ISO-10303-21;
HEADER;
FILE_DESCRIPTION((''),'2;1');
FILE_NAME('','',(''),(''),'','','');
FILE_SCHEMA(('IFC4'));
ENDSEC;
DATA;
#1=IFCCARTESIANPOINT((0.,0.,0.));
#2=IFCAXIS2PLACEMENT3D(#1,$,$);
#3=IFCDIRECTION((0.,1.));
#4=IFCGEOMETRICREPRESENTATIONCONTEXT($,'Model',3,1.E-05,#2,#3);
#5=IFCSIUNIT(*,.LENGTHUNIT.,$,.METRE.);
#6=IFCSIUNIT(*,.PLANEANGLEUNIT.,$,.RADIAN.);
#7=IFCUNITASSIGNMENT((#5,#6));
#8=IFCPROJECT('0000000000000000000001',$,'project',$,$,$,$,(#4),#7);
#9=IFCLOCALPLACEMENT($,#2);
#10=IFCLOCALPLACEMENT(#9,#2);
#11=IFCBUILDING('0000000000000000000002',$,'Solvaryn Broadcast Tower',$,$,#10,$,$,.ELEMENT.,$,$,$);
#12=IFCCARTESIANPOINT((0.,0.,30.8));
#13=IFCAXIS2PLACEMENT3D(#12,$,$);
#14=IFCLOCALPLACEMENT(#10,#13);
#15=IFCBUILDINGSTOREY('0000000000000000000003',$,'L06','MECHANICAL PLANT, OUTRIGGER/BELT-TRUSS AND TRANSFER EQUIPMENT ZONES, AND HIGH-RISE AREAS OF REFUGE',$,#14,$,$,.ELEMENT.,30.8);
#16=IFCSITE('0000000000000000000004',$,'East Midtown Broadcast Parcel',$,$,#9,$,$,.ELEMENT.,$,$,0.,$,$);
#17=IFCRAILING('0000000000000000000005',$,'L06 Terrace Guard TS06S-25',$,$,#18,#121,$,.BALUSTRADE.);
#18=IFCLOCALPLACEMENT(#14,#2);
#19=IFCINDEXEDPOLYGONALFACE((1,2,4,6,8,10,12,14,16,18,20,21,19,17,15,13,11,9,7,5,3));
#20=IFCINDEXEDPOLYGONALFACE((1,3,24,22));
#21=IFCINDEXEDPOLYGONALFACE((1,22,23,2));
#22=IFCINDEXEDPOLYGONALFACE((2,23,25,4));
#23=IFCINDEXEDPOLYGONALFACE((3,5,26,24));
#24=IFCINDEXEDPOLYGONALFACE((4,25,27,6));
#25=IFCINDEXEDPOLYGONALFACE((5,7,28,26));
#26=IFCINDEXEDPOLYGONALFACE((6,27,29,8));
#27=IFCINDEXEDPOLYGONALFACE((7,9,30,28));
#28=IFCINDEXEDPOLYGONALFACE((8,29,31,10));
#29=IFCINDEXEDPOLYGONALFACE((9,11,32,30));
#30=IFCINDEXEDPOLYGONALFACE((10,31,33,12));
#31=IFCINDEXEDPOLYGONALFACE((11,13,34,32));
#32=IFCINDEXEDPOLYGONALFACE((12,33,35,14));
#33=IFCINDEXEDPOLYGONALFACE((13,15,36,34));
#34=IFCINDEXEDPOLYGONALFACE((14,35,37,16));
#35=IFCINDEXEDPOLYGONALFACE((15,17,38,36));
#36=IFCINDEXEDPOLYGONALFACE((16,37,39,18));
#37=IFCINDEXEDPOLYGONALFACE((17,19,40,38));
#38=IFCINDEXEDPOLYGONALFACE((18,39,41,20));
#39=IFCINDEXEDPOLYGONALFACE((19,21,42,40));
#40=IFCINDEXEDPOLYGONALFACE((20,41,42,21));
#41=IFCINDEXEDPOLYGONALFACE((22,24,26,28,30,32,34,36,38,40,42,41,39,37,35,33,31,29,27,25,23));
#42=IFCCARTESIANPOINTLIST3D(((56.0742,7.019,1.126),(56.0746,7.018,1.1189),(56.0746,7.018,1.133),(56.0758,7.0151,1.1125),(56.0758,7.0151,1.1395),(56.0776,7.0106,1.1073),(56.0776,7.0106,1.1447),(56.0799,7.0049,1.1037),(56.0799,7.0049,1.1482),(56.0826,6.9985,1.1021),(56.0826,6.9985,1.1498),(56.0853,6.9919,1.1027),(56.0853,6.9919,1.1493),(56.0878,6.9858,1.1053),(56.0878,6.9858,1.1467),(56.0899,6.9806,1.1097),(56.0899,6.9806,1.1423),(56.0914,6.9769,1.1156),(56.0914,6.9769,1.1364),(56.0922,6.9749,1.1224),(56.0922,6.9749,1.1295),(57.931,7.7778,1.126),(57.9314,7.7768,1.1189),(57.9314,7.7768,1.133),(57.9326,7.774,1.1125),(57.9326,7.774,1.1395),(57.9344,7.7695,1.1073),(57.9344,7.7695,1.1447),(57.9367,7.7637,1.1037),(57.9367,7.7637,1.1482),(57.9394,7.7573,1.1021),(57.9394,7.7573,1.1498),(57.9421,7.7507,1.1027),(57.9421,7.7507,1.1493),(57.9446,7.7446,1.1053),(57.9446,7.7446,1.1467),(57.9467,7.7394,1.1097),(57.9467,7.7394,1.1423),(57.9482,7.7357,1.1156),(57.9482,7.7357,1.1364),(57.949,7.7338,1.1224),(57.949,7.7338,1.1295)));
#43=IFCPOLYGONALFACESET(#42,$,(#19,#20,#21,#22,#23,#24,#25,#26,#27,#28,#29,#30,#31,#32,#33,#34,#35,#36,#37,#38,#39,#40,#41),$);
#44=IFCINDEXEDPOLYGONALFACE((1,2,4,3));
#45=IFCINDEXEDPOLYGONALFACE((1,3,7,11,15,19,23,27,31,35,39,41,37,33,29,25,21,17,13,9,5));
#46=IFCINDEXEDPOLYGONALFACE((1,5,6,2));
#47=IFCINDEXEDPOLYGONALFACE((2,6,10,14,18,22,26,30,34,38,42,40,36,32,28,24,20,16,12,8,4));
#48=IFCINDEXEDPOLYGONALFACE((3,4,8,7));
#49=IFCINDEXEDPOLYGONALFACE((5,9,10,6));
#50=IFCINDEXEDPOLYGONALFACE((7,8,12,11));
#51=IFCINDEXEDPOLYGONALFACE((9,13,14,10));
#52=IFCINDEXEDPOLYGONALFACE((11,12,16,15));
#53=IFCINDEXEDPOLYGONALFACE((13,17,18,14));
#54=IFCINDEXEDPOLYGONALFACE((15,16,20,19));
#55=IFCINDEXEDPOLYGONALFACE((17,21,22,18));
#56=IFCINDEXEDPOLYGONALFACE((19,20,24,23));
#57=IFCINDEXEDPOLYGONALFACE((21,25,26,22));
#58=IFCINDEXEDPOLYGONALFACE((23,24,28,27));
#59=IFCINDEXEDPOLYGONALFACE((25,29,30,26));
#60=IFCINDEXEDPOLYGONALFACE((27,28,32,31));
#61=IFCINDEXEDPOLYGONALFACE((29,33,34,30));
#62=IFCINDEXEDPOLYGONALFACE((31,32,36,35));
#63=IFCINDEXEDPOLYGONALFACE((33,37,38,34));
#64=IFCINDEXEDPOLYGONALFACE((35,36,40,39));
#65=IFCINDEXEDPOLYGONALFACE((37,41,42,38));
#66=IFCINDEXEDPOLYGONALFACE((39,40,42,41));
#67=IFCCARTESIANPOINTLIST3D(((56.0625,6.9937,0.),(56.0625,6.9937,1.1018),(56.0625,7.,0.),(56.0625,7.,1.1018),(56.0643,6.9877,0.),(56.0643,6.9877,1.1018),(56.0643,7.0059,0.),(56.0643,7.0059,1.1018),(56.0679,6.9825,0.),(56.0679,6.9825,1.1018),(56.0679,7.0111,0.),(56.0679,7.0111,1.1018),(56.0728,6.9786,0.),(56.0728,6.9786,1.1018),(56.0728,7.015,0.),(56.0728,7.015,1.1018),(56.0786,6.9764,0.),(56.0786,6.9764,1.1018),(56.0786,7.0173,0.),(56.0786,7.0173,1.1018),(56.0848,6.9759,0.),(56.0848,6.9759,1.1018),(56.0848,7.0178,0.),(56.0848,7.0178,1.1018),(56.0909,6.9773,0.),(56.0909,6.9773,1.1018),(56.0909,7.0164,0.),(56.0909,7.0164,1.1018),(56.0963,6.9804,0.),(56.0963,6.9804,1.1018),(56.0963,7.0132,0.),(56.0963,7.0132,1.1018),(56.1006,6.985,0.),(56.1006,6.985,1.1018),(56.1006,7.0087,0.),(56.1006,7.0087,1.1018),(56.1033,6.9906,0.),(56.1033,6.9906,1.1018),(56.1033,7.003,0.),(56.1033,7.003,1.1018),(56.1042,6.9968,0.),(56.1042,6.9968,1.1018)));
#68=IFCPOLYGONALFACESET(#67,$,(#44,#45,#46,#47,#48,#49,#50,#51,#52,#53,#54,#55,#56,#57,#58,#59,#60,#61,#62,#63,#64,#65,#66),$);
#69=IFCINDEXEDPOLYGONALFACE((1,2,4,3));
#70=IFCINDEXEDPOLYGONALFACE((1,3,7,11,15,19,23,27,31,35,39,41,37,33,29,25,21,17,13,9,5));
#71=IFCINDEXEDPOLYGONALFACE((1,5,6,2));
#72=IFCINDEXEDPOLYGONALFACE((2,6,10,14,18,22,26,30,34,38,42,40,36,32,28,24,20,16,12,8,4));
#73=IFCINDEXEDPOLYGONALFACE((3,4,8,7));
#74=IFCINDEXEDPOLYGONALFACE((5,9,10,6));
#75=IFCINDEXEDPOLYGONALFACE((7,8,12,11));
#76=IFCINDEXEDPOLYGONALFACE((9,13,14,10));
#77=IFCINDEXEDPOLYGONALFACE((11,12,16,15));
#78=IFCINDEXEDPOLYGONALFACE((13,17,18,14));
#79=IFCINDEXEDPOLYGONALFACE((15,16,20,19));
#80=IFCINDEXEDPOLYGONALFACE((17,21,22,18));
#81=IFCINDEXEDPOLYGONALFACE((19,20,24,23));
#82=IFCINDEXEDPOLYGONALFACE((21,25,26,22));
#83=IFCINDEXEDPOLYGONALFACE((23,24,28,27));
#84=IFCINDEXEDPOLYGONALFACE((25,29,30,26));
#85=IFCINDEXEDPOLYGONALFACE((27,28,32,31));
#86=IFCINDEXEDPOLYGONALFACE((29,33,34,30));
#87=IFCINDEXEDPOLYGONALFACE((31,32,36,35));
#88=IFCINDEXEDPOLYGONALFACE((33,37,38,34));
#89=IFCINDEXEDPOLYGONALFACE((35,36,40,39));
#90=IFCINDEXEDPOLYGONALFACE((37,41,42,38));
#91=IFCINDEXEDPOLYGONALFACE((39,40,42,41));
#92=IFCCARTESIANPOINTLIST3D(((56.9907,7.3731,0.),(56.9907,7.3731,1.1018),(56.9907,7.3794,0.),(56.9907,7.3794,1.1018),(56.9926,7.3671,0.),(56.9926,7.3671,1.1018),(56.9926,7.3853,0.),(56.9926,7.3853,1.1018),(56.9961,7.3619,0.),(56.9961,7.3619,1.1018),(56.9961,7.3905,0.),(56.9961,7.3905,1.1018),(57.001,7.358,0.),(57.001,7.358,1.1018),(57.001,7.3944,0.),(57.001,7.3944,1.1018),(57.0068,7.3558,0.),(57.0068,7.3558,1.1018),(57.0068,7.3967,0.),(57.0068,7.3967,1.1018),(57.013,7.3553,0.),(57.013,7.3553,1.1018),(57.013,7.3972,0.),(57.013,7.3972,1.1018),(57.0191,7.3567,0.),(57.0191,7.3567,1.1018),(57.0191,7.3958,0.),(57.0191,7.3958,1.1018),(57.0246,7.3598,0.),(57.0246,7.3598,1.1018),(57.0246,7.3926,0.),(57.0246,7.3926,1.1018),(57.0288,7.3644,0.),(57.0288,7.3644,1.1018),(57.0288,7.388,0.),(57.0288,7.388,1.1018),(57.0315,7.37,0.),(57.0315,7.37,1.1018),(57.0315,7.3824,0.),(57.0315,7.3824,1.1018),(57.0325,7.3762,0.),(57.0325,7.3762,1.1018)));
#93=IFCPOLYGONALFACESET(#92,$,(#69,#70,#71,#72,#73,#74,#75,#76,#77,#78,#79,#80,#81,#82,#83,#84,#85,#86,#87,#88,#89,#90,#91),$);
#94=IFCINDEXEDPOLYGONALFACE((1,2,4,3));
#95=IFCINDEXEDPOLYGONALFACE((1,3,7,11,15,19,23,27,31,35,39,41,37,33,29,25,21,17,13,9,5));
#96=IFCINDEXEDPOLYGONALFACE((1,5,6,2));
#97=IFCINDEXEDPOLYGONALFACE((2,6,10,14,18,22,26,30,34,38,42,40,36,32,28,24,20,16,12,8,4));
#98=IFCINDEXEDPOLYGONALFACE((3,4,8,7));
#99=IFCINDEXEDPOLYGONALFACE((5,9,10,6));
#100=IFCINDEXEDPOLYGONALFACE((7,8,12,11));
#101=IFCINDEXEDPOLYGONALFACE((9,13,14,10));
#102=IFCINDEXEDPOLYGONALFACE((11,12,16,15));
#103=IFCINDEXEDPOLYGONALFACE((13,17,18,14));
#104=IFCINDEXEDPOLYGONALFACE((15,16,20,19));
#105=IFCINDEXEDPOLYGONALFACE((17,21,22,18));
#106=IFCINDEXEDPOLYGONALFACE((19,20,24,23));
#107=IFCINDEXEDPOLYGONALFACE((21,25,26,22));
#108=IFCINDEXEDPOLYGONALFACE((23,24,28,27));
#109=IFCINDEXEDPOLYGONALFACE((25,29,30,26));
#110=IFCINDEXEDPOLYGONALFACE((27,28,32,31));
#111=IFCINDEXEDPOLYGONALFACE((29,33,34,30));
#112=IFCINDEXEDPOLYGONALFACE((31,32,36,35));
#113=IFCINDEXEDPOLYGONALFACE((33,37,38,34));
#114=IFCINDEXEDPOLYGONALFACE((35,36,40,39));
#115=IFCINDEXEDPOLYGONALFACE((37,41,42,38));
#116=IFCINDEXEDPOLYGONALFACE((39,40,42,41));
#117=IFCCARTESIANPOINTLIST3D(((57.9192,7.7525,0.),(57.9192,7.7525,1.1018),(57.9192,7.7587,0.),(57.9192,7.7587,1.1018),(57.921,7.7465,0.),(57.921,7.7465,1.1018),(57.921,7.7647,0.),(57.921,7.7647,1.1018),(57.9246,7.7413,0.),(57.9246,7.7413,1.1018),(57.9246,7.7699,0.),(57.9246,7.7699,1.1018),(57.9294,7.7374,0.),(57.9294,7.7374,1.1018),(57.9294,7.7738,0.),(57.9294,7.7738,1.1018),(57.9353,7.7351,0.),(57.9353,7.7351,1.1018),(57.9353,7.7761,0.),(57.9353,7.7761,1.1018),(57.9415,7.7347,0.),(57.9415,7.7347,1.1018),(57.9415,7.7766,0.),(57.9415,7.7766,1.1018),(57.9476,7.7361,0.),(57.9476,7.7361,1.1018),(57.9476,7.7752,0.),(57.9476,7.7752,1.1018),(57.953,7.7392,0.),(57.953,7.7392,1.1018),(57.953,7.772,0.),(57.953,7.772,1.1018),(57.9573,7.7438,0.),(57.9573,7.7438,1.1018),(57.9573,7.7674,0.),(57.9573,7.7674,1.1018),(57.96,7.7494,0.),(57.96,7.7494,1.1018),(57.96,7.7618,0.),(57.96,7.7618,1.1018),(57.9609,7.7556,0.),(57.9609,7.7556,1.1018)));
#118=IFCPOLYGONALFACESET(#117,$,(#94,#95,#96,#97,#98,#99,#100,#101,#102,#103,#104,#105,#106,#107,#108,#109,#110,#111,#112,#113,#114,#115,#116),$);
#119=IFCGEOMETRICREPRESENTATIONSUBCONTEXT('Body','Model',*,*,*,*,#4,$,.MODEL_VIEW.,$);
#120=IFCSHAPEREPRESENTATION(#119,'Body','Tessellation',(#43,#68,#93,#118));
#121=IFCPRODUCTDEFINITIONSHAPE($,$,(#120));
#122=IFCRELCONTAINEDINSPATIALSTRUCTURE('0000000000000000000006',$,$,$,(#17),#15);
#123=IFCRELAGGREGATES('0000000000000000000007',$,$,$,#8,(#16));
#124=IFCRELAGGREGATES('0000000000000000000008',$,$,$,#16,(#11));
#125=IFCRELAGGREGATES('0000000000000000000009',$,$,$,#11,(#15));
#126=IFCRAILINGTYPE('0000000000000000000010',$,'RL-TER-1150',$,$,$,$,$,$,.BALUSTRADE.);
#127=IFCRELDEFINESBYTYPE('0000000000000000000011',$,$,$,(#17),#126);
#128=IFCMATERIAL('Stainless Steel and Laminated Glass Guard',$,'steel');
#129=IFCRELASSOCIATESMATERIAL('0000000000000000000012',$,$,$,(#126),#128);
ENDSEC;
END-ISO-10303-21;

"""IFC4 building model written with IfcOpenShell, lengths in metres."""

from ifc_helpers import new_model, si_unit, direction, frame, origin, origin_2d, place, context, subcontext, project, spatial, circle, extrude, material, type_object, element, save


model = new_model("IFC4")

# Units and contexts
model_context = context("Model", 3, precision=1e-05, world=origin(), true_north=direction((0.0, 1.0)))
body_context = subcontext(model_context, "Body", "Model", "MODEL_VIEW")
ifc_project = project(units=[si_unit("LENGTHUNIT", "METRE"), si_unit("PLANEANGLEUNIT", "RADIAN")], contexts=[model_context])

# Site, building, storey
site_placement = place(None, origin())
site = spatial("IfcSite", under=ifc_project, at=site_placement, Name="East Midtown Broadcast Parcel", CompositionType="ELEMENT", RefElevation=0.0)
building_placement = place(site_placement, origin())
building = spatial("IfcBuilding", under=site, at=building_placement, Name="Solvaryn Broadcast Tower", CompositionType="ELEMENT")
storey_placement = place(building_placement, frame((0.0, 0.0, 30.8)))
storey = spatial("IfcBuildingStorey", under=building, at=storey_placement, Name="L06", Description="MECHANICAL PLANT, OUTRIGGER/BELT-TRUSS AND TRANSFER EQUIPMENT ZONES, AND HIGH-RISE AREAS OF REFUGE", CompositionType="ELEMENT", Elevation=30.8)

# Railing
ifc_material_1 = material(Name="Stainless Steel and Laminated Glass Guard", Category="steel")
railing_type = type_object("IfcRailingType", Name="RL-TER-1150", PredefinedType="BALUSTRADE", material=ifc_material_1)
railing_1_placement = place(storey_placement, frame((56.0833, 6.9968, 0.0)))
element("IfcRailing", 1, at=railing_1_placement, inside=storey, type_object=railing_type, Name="L06 Terrace Guard TS06S-25", PredefinedType="BALUSTRADE", context=body_context, shape_type="SweptSolid", body=[
    extrude(circle(Radius=0.0239, at=origin_2d()), frame((0.0, 0.0, 1.126), z_axis=(0.925681, 0.378306, 0.0), x_axis=(-0.378306, 0.925681, 0.0)), (0.0, 0.0, 1.0), 2.0059),
    extrude(circle(Radius=0.021, at=origin_2d()), origin(), (0.0, 0.0, 1.0), 1.1018),
    extrude(circle(Radius=0.021, at=origin_2d()), frame((0.9282, 0.3794, 0.0)), (0.0, 0.0, 1.0), 1.1018),
    extrude(circle(Radius=0.021, at=origin_2d()), frame((1.8567, 0.7588, 0.0)), (0.0, 0.0, 1.0), 1.1018),
])

save(model, "model.ifc")
